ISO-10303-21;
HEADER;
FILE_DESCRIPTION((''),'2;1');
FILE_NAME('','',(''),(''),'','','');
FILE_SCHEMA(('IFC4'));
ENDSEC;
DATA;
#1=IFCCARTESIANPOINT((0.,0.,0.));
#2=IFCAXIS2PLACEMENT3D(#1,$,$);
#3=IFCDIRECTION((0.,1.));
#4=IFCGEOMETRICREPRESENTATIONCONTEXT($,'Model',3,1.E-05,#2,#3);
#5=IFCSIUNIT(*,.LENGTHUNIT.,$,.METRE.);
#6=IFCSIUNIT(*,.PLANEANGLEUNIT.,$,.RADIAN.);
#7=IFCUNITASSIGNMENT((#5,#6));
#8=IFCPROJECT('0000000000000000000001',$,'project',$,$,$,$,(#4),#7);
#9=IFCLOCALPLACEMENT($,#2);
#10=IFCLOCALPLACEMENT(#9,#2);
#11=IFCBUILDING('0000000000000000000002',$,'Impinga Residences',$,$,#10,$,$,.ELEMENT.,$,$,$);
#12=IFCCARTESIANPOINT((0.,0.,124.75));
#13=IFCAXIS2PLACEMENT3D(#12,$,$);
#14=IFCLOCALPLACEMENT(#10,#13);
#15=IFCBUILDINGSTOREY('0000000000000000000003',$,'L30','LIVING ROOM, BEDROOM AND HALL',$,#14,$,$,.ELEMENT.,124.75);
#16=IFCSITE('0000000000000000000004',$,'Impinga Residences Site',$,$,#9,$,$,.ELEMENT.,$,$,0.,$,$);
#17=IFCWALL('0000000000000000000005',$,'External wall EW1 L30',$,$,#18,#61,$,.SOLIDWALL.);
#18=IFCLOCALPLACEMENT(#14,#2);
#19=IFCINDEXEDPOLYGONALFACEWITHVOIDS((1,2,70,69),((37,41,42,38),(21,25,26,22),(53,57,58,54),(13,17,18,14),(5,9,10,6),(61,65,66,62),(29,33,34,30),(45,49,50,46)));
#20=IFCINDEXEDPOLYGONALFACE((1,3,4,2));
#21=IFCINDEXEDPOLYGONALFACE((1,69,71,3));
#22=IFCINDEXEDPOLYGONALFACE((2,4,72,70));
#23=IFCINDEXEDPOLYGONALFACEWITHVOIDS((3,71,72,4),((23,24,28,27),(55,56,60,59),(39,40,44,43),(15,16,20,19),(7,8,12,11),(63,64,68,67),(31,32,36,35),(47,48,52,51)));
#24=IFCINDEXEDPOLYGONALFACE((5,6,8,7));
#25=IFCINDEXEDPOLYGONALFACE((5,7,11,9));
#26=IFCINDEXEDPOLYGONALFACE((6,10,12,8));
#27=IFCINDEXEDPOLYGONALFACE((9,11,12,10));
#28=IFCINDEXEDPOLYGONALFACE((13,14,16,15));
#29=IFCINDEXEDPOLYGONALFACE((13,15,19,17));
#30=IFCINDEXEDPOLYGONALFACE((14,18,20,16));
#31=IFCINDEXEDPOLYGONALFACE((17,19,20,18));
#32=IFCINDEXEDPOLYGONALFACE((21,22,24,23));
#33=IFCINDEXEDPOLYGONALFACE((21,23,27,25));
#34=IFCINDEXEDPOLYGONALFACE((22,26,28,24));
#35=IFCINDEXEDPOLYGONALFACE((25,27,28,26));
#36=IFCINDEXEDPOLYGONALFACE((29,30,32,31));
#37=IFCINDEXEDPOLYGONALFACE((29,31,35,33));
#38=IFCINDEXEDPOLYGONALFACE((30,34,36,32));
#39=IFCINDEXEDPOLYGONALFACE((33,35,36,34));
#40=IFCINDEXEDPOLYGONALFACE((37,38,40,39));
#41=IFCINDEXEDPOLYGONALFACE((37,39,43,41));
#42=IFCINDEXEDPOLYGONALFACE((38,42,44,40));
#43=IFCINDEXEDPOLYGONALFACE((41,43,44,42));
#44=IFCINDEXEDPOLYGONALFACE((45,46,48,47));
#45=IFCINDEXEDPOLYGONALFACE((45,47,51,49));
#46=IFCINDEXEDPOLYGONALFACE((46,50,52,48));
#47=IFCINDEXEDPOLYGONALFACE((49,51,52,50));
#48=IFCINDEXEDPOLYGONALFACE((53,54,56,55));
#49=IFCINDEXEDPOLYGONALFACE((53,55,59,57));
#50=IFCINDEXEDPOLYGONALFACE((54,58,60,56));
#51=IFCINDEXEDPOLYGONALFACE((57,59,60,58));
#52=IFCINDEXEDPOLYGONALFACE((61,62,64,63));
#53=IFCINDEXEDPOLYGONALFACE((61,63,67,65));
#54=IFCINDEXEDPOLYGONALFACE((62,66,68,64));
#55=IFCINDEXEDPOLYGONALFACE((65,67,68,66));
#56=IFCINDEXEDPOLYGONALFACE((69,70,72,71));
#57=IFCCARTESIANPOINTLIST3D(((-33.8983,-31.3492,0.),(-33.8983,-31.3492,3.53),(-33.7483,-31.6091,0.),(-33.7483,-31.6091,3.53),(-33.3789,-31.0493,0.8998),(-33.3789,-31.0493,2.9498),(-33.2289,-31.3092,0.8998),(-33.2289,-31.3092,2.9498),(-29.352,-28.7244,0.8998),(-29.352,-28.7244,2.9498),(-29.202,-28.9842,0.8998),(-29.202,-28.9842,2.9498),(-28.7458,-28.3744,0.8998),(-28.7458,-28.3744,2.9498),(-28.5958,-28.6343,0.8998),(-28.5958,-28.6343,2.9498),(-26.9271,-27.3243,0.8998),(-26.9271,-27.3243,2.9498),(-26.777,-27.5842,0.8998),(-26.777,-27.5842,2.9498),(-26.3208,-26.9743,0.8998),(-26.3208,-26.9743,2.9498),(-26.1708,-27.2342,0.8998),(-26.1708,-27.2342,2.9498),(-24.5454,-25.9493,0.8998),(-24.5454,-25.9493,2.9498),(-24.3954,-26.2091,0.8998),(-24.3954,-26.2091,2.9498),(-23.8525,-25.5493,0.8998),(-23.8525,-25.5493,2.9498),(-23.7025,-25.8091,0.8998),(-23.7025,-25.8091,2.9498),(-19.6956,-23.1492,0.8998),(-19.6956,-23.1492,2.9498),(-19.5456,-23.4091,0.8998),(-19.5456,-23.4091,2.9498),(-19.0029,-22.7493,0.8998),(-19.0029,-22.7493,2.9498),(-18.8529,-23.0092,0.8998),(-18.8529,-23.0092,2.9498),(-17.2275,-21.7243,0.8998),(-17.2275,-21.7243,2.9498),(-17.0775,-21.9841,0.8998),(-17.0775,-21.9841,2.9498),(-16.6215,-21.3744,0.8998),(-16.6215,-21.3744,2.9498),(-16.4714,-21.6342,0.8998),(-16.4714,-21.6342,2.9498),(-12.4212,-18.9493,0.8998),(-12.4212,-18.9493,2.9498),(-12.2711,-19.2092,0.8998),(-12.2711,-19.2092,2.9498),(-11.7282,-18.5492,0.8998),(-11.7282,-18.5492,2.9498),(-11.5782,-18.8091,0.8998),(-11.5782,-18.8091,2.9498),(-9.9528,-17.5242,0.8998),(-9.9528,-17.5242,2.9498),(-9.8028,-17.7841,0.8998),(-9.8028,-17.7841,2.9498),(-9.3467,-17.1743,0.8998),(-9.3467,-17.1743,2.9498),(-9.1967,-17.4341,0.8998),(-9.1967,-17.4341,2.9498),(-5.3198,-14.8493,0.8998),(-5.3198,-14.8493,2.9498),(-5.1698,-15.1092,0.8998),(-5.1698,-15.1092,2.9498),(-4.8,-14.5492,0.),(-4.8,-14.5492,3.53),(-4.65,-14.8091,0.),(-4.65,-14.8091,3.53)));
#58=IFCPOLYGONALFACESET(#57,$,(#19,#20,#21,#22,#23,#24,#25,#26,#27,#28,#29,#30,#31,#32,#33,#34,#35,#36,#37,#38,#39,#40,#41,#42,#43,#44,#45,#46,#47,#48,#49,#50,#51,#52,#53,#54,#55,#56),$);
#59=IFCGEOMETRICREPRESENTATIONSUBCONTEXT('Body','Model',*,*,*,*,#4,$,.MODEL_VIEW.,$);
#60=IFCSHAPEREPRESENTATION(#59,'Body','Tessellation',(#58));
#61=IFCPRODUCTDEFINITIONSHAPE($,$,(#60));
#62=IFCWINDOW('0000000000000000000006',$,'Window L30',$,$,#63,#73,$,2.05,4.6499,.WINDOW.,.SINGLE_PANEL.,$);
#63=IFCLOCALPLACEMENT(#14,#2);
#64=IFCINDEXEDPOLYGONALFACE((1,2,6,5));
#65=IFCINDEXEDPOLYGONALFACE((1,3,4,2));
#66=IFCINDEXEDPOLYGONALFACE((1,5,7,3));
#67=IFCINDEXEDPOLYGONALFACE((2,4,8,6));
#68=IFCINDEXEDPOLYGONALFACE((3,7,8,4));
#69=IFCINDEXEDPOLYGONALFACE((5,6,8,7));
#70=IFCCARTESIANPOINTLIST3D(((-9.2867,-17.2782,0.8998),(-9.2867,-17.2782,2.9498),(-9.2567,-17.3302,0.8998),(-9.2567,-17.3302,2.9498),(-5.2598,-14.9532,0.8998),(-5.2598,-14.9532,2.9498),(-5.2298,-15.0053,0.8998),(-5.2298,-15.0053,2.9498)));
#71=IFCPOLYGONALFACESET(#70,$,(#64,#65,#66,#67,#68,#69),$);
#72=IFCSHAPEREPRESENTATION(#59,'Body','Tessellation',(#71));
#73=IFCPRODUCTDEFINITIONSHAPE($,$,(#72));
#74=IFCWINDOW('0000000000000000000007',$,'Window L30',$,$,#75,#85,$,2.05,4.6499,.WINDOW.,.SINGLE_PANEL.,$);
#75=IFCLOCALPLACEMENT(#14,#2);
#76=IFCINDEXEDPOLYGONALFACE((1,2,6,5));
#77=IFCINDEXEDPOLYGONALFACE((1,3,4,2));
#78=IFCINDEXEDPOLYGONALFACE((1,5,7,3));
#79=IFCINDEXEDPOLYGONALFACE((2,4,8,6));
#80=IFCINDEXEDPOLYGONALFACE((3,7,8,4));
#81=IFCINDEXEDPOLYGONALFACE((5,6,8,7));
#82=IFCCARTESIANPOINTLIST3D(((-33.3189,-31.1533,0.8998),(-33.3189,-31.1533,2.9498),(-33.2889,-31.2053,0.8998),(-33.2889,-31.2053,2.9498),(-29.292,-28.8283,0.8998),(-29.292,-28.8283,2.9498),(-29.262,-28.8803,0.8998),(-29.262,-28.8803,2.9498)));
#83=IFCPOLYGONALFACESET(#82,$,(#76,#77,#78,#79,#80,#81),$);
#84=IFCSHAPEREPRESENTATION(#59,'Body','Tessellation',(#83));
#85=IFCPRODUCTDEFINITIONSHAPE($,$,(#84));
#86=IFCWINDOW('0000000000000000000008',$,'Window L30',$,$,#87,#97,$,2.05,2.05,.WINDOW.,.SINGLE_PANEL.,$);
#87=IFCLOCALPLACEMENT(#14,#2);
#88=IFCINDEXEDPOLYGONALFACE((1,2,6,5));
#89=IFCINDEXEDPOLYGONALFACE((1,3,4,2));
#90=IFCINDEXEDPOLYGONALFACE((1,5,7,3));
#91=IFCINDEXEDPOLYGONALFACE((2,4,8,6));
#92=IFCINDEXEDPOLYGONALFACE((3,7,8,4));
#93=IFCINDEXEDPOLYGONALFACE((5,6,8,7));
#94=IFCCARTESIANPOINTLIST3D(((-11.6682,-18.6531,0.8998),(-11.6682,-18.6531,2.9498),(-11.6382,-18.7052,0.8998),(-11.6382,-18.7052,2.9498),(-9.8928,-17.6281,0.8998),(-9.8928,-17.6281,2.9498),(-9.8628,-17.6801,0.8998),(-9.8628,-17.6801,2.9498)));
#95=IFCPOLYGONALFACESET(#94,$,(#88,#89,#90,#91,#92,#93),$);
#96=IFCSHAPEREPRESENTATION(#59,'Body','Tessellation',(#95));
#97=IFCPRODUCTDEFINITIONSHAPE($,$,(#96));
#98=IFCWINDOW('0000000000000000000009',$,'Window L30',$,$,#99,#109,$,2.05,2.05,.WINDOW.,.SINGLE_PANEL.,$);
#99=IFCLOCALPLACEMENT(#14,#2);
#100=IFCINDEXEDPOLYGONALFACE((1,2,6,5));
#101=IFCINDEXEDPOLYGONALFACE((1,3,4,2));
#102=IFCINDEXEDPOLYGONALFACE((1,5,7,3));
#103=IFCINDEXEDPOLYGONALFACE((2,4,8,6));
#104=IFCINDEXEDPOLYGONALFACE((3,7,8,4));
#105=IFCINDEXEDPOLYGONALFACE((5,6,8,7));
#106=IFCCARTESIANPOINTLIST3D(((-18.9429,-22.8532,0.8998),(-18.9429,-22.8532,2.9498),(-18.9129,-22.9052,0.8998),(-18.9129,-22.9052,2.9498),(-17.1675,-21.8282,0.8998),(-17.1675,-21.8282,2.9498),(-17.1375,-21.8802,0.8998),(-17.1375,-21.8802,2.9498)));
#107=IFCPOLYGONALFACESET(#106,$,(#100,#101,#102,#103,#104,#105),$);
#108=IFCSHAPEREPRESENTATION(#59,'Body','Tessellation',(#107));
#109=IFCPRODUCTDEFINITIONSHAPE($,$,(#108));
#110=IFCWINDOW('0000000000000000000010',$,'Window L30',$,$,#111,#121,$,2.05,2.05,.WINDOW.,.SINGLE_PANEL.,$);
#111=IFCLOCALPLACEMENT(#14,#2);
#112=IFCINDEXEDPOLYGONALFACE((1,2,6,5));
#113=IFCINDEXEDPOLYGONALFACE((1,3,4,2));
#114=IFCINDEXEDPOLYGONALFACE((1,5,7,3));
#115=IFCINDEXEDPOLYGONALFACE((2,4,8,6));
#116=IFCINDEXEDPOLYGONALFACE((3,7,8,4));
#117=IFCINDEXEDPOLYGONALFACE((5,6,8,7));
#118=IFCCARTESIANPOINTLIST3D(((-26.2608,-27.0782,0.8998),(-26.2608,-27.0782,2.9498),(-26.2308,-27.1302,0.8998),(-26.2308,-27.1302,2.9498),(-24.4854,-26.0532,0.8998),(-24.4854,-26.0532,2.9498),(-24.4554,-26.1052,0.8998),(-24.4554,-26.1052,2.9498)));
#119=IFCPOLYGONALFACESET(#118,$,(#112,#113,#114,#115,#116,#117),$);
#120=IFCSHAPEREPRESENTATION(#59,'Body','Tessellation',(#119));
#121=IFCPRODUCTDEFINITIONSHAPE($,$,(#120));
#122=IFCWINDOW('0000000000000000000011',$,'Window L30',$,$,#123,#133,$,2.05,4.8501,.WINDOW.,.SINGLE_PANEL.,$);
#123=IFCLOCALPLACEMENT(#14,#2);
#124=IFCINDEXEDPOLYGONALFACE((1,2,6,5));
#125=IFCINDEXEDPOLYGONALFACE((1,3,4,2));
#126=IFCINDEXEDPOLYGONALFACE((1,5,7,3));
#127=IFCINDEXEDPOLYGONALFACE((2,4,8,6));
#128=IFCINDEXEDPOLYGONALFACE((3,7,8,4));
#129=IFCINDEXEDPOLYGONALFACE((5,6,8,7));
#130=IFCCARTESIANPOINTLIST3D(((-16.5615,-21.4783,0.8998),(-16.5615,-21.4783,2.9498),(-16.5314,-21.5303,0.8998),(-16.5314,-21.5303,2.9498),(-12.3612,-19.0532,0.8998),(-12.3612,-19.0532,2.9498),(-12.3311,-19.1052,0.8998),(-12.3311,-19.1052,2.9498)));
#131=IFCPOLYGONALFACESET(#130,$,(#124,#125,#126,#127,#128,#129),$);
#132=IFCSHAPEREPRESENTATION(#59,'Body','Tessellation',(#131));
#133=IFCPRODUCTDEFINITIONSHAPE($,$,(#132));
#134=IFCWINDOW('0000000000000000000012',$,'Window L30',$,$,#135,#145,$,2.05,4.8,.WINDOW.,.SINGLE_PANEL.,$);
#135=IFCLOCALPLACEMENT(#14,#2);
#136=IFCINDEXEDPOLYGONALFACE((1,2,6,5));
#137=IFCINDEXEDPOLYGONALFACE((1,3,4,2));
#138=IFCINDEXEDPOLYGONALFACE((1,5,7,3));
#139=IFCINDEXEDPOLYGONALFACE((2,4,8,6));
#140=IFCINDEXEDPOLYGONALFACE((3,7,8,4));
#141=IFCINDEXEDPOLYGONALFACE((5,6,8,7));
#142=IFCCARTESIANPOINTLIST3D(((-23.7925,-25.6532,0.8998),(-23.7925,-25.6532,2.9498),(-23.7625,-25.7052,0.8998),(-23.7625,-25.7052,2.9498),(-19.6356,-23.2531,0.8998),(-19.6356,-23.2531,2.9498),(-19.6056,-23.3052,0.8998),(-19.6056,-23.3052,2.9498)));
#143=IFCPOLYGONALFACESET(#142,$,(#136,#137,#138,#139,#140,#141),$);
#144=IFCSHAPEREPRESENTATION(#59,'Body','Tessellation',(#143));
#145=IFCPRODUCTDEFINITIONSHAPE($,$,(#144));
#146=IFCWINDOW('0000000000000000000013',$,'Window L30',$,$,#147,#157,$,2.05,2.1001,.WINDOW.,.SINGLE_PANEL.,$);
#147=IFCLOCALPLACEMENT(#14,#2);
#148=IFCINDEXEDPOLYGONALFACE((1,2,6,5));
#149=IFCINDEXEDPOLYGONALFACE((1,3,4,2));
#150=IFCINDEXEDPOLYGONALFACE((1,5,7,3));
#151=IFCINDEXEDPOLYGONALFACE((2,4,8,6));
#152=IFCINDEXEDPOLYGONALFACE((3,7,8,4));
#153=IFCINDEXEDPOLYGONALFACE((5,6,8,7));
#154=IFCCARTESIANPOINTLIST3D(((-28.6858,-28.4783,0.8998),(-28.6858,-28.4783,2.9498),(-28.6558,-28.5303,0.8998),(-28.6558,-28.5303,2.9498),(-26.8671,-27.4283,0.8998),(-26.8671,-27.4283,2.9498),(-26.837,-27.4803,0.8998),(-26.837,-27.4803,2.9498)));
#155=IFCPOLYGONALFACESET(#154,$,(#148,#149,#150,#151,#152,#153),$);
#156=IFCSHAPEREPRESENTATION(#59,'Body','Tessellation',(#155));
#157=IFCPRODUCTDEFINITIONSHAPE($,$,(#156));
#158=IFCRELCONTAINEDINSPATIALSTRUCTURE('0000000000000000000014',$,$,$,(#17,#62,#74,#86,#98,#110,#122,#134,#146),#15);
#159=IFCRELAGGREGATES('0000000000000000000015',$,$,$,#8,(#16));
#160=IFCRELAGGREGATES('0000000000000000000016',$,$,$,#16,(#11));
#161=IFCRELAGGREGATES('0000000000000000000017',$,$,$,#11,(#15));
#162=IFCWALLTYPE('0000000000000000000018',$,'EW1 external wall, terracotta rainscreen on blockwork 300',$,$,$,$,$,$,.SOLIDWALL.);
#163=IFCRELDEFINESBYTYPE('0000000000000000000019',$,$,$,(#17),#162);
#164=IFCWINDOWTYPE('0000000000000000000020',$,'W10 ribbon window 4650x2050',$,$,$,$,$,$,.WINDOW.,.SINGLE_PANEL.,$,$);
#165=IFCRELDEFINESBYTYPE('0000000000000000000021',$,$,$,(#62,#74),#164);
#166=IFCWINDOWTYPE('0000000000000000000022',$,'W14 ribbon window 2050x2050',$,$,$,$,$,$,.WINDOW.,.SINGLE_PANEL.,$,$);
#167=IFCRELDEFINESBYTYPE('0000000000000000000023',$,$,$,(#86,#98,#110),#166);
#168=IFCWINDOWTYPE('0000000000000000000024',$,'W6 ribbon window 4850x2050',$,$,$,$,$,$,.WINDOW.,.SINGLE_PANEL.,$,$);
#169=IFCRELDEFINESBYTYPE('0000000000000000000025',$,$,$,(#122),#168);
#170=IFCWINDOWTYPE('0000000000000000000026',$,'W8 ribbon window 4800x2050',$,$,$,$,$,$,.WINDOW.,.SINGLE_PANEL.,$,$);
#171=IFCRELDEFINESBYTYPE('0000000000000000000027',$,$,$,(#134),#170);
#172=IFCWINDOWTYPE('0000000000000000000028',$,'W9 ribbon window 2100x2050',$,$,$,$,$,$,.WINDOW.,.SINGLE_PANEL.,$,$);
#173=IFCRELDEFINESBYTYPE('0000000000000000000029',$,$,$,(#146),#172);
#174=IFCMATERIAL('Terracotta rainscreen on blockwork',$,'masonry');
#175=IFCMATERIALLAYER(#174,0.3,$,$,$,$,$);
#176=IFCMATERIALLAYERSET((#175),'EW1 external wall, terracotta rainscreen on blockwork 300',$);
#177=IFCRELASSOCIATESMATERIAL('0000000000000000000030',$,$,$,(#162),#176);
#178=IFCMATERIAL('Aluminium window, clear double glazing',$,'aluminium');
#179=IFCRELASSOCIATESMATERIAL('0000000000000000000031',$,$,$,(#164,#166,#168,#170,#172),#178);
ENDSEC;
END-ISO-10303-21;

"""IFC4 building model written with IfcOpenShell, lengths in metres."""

from ifc_helpers import new_model, si_unit, direction, frame, frame_2d, origin, place, context, subcontext, project, spatial, rectangle, extrude, material, layer, layer_set, type_object, element, fill, save


model = new_model("IFC4")

# Units and contexts
model_context = context("Model", 3, precision=1e-05, world=origin(), true_north=direction((0.0, 1.0)))
body_context = subcontext(model_context, "Body", "Model", "MODEL_VIEW")
ifc_project = project(units=[si_unit("LENGTHUNIT", "METRE"), si_unit("PLANEANGLEUNIT", "RADIAN")], contexts=[model_context])

# Site, building, storey
site_placement = place(None, origin())
site = spatial("IfcSite", under=ifc_project, at=site_placement, Name="Impinga Residences Site", CompositionType="ELEMENT", RefElevation=0.0)
building_placement = place(site_placement, origin())
building = spatial("IfcBuilding", under=site, at=building_placement, Name="Impinga Residences", CompositionType="ELEMENT")
storey_placement = place(building_placement, frame((0.0, 0.0, 124.75)))
storey = spatial("IfcBuildingStorey", under=building, at=storey_placement, Name="L30", Description="LIVING ROOM, BEDROOM AND HALL", CompositionType="ELEMENT", Elevation=124.75)

# Shared definitions
ifc_material_1 = material(Name="Terracotta rainscreen on blockwork", Category="masonry")
ifc_layer_1 = layer(ifc_material_1, 0.3)
ifc_layer_set_1 = layer_set([ifc_layer_1], Name="EW1 external wall, terracotta rainscreen on blockwork 300")
wall_type_1 = type_object("IfcWallType", Name="EW1 external wall, terracotta rainscreen on blockwork 300", PredefinedType="SOLIDWALL", material=ifc_layer_set_1)

# Wall, openings, windows
wall_1_placement = place(storey_placement, frame((-4.7251, -14.6792, 0.0), z_axis=(0.0, 0.0, 1.0), x_axis=(-0.866024, -0.500002, 0.0)))
wall_1 = element("IfcWall", 1, at=wall_1_placement, inside=storey, type_object=wall_type_1, Name="External wall EW1 L30", PredefinedType="SOLIDWALL", context=body_context, shape_type="SweptSolid", body=[
    extrude(rectangle(XDim=33.5999, YDim=0.3, at=frame_2d((16.7998, 0.0))), origin(), (0.0, 0.0, 1.0), 3.53),
])
opening_1_placement = place(wall_1_placement, frame((0.6001, 0.0, 0.8999)))
opening_1 = element("IfcOpeningElement", 2, at=opening_1_placement, cuts=wall_1, PredefinedType="OPENING", context=body_context, shape_type="SweptSolid", body=[
    extrude(rectangle(XDim=4.6499, YDim=2.05, at=frame_2d((2.325, 1.0249))), frame((0.0, 0.1599, 0.0), z_axis=(0.0, -1.0, 0.0), x_axis=(1.0, 0.0, 0.0)), (0.0, 0.0, 1.0), 0.3201),
])
opening_2_placement = place(wall_1_placement, frame((5.95, 0.0, 0.8999)))
opening_2 = element("IfcOpeningElement", 3, at=opening_2_placement, cuts=wall_1, PredefinedType="OPENING", context=body_context, shape_type="SweptSolid", body=[
    extrude(rectangle(XDim=2.05, YDim=2.05, at=frame_2d((1.0249, 1.0249))), frame((0.0, 0.1599, 0.0), z_axis=(0.0, -1.0, 0.0), x_axis=(1.0, 0.0, 0.0)), (0.0, 0.0, 1.0), 0.3201),
])
opening_3_placement = place(wall_1_placement, frame((8.8, 0.0, 0.8999)))
opening_3 = element("IfcOpeningElement", 4, at=opening_3_placement, cuts=wall_1, PredefinedType="OPENING", context=body_context, shape_type="SweptSolid", body=[
    extrude(rectangle(XDim=4.8501, YDim=2.05, at=frame_2d((2.425, 1.0249))), frame((0.0, 0.1599, 0.0), z_axis=(0.0, -1.0, 0.0), x_axis=(1.0, 0.0, 0.0)), (0.0, 0.0, 1.0), 0.3201),
])
opening_4_placement = place(wall_1_placement, frame((14.3501, 0.0, 0.8999)))
opening_4 = element("IfcOpeningElement", 5, at=opening_4_placement, cuts=wall_1, PredefinedType="OPENING", context=body_context, shape_type="SweptSolid", body=[
    extrude(rectangle(XDim=2.05, YDim=2.05, at=frame_2d((1.0249, 1.0249))), frame((0.0, 0.1599, 0.0), z_axis=(0.0, -1.0, 0.0), x_axis=(1.0, 0.0, 0.0)), (0.0, 0.0, 1.0), 0.3201),
])
opening_5_placement = place(wall_1_placement, frame((17.2, 0.0, 0.8999)))
opening_5 = element("IfcOpeningElement", 6, at=opening_5_placement, cuts=wall_1, PredefinedType="OPENING", context=body_context, shape_type="SweptSolid", body=[
    extrude(rectangle(XDim=4.8, YDim=2.05, at=frame_2d((2.3999, 1.0249))), frame((0.0, 0.1599, 0.0), z_axis=(0.0, -1.0, 0.0), x_axis=(1.0, 0.0, 0.0)), (0.0, 0.0, 1.0), 0.3201),
])
opening_6_placement = place(wall_1_placement, frame((22.8, 0.0, 0.8999)))
opening_6 = element("IfcOpeningElement", 7, at=opening_6_placement, cuts=wall_1, PredefinedType="OPENING", context=body_context, shape_type="SweptSolid", body=[
    extrude(rectangle(XDim=2.05, YDim=2.05, at=frame_2d((1.0249, 1.0249))), frame((0.0, 0.1599, 0.0), z_axis=(0.0, -1.0, 0.0), x_axis=(1.0, 0.0, 0.0)), (0.0, 0.0, 1.0), 0.3201),
])
opening_7_placement = place(wall_1_placement, frame((25.55, 0.0, 0.8999)))
opening_7 = element("IfcOpeningElement", 8, at=opening_7_placement, cuts=wall_1, PredefinedType="OPENING", context=body_context, shape_type="SweptSolid", body=[
    extrude(rectangle(XDim=2.1001, YDim=2.05, at=frame_2d((1.05, 1.0249))), frame((0.0, 0.1599, 0.0), z_axis=(0.0, -1.0, 0.0), x_axis=(1.0, 0.0, 0.0)), (0.0, 0.0, 1.0), 0.3201),
])
opening_8_placement = place(wall_1_placement, frame((28.3501, 0.0, 0.8999)))
opening_8 = element("IfcOpeningElement", 9, at=opening_8_placement, cuts=wall_1, PredefinedType="OPENING", context=body_context, shape_type="SweptSolid", body=[
    extrude(rectangle(XDim=4.6499, YDim=2.05, at=frame_2d((2.325, 1.0249))), frame((0.0, 0.1599, 0.0), z_axis=(0.0, -1.0, 0.0), x_axis=(1.0, 0.0, 0.0)), (0.0, 0.0, 1.0), 0.3201),
])
ifc_material_2 = material(Name="Aluminium window, clear double glazing", Category="aluminium")
window_type_1 = type_object("IfcWindowType", Name="W10 ribbon window 4650x2050", PartitioningType="SINGLE_PANEL", PredefinedType="WINDOW", material=ifc_material_2)
window_1_placement = place(opening_1_placement, origin())
window_1 = element("IfcWindow", 10, at=window_1_placement, inside=storey, type_object=window_type_1, Name="Window L30", OverallHeight=2.05, OverallWidth=4.6499, PartitioningType="SINGLE_PANEL", PredefinedType="WINDOW", context=body_context, shape_type="SweptSolid", body=[
    extrude(rectangle(XDim=4.6499, YDim=2.05, at=frame_2d((2.325, 1.0249))), frame((0.0, 0.03, 0.0), z_axis=(0.0, -1.0, 0.0), x_axis=(1.0, 0.0, 0.0)), (0.0, 0.0, 1.0), 0.0601),
])
fill(opening_1, window_1)
window_2_placement = place(opening_8_placement, origin())
window_2 = element("IfcWindow", 11, at=window_2_placement, inside=storey, type_object=window_type_1, Name="Window L30", OverallHeight=2.05, OverallWidth=4.6499, PartitioningType="SINGLE_PANEL", PredefinedType="WINDOW", context=body_context, shape_type="SweptSolid", body=[
    extrude(rectangle(XDim=4.6499, YDim=2.05, at=frame_2d((2.325, 1.0249))), frame((0.0, 0.03, 0.0), z_axis=(0.0, -1.0, 0.0), x_axis=(1.0, 0.0, 0.0)), (0.0, 0.0, 1.0), 0.0601),
])
fill(opening_8, window_2)
window_type_2 = type_object("IfcWindowType", Name="W14 ribbon window 2050x2050", PartitioningType="SINGLE_PANEL", PredefinedType="WINDOW", material=ifc_material_2)
window_3_placement = place(opening_2_placement, origin())
window_3 = element("IfcWindow", 12, at=window_3_placement, inside=storey, type_object=window_type_2, Name="Window L30", OverallHeight=2.05, OverallWidth=2.05, PartitioningType="SINGLE_PANEL", PredefinedType="WINDOW", context=body_context, shape_type="SweptSolid", body=[
    extrude(rectangle(XDim=2.05, YDim=2.05, at=frame_2d((1.0249, 1.0249))), frame((0.0, 0.03, 0.0), z_axis=(0.0, -1.0, 0.0), x_axis=(1.0, 0.0, 0.0)), (0.0, 0.0, 1.0), 0.0601),
])
fill(opening_2, window_3)
window_4_placement = place(opening_4_placement, origin())
window_4 = element("IfcWindow", 13, at=window_4_placement, inside=storey, type_object=window_type_2, Name="Window L30", OverallHeight=2.05, OverallWidth=2.05, PartitioningType="SINGLE_PANEL", PredefinedType="WINDOW", context=body_context, shape_type="SweptSolid", body=[
    extrude(rectangle(XDim=2.05, YDim=2.05, at=frame_2d((1.0249, 1.0249))), frame((0.0, 0.03, 0.0), z_axis=(0.0, -1.0, 0.0), x_axis=(1.0, 0.0, 0.0)), (0.0, 0.0, 1.0), 0.0601),
])
fill(opening_4, window_4)
window_5_placement = place(opening_6_placement, origin())
window_5 = element("IfcWindow", 14, at=window_5_placement, inside=storey, type_object=window_type_2, Name="Window L30", OverallHeight=2.05, OverallWidth=2.05, PartitioningType="SINGLE_PANEL", PredefinedType="WINDOW", context=body_context, shape_type="SweptSolid", body=[
    extrude(rectangle(XDim=2.05, YDim=2.05, at=frame_2d((1.0249, 1.0249))), frame((0.0, 0.03, 0.0), z_axis=(0.0, -1.0, 0.0), x_axis=(1.0, 0.0, 0.0)), (0.0, 0.0, 1.0), 0.0601),
])
fill(opening_6, window_5)
window_type_3 = type_object("IfcWindowType", Name="W6 ribbon window 4850x2050", PartitioningType="SINGLE_PANEL", PredefinedType="WINDOW", material=ifc_material_2)
window_6_placement = place(opening_3_placement, origin())
window_6 = element("IfcWindow", 15, at=window_6_placement, inside=storey, type_object=window_type_3, Name="Window L30", OverallHeight=2.05, OverallWidth=4.8501, PartitioningType="SINGLE_PANEL", PredefinedType="WINDOW", context=body_context, shape_type="SweptSolid", body=[
    extrude(rectangle(XDim=4.8501, YDim=2.05, at=frame_2d((2.425, 1.0249))), frame((0.0, 0.03, 0.0), z_axis=(0.0, -1.0, 0.0), x_axis=(1.0, 0.0, 0.0)), (0.0, 0.0, 1.0), 0.0601),
])
fill(opening_3, window_6)
window_type_4 = type_object("IfcWindowType", Name="W8 ribbon window 4800x2050", PartitioningType="SINGLE_PANEL", PredefinedType="WINDOW", material=ifc_material_2)
window_7_placement = place(opening_5_placement, origin())
window_7 = element("IfcWindow", 16, at=window_7_placement, inside=storey, type_object=window_type_4, Name="Window L30", OverallHeight=2.05, OverallWidth=4.8, PartitioningType="SINGLE_PANEL", PredefinedType="WINDOW", context=body_context, shape_type="SweptSolid", body=[
    extrude(rectangle(XDim=4.8, YDim=2.05, at=frame_2d((2.3999, 1.0249))), frame((0.0, 0.03, 0.0), z_axis=(0.0, -1.0, 0.0), x_axis=(1.0, 0.0, 0.0)), (0.0, 0.0, 1.0), 0.0601),
])
fill(opening_5, window_7)
window_type_5 = type_object("IfcWindowType", Name="W9 ribbon window 2100x2050", PartitioningType="SINGLE_PANEL", PredefinedType="WINDOW", material=ifc_material_2)
window_8_placement = place(opening_7_placement, origin())
window_8 = element("IfcWindow", 17, at=window_8_placement, inside=storey, type_object=window_type_5, Name="Window L30", OverallHeight=2.05, OverallWidth=2.1001, PartitioningType="SINGLE_PANEL", PredefinedType="WINDOW", context=body_context, shape_type="SweptSolid", body=[
    extrude(rectangle(XDim=2.1001, YDim=2.05, at=frame_2d((1.05, 1.0249))), frame((0.0, 0.03, 0.0), z_axis=(0.0, -1.0, 0.0), x_axis=(1.0, 0.0, 0.0)), (0.0, 0.0, 1.0), 0.0601),
])
fill(opening_7, window_8)

save(model, "model.ifc")
